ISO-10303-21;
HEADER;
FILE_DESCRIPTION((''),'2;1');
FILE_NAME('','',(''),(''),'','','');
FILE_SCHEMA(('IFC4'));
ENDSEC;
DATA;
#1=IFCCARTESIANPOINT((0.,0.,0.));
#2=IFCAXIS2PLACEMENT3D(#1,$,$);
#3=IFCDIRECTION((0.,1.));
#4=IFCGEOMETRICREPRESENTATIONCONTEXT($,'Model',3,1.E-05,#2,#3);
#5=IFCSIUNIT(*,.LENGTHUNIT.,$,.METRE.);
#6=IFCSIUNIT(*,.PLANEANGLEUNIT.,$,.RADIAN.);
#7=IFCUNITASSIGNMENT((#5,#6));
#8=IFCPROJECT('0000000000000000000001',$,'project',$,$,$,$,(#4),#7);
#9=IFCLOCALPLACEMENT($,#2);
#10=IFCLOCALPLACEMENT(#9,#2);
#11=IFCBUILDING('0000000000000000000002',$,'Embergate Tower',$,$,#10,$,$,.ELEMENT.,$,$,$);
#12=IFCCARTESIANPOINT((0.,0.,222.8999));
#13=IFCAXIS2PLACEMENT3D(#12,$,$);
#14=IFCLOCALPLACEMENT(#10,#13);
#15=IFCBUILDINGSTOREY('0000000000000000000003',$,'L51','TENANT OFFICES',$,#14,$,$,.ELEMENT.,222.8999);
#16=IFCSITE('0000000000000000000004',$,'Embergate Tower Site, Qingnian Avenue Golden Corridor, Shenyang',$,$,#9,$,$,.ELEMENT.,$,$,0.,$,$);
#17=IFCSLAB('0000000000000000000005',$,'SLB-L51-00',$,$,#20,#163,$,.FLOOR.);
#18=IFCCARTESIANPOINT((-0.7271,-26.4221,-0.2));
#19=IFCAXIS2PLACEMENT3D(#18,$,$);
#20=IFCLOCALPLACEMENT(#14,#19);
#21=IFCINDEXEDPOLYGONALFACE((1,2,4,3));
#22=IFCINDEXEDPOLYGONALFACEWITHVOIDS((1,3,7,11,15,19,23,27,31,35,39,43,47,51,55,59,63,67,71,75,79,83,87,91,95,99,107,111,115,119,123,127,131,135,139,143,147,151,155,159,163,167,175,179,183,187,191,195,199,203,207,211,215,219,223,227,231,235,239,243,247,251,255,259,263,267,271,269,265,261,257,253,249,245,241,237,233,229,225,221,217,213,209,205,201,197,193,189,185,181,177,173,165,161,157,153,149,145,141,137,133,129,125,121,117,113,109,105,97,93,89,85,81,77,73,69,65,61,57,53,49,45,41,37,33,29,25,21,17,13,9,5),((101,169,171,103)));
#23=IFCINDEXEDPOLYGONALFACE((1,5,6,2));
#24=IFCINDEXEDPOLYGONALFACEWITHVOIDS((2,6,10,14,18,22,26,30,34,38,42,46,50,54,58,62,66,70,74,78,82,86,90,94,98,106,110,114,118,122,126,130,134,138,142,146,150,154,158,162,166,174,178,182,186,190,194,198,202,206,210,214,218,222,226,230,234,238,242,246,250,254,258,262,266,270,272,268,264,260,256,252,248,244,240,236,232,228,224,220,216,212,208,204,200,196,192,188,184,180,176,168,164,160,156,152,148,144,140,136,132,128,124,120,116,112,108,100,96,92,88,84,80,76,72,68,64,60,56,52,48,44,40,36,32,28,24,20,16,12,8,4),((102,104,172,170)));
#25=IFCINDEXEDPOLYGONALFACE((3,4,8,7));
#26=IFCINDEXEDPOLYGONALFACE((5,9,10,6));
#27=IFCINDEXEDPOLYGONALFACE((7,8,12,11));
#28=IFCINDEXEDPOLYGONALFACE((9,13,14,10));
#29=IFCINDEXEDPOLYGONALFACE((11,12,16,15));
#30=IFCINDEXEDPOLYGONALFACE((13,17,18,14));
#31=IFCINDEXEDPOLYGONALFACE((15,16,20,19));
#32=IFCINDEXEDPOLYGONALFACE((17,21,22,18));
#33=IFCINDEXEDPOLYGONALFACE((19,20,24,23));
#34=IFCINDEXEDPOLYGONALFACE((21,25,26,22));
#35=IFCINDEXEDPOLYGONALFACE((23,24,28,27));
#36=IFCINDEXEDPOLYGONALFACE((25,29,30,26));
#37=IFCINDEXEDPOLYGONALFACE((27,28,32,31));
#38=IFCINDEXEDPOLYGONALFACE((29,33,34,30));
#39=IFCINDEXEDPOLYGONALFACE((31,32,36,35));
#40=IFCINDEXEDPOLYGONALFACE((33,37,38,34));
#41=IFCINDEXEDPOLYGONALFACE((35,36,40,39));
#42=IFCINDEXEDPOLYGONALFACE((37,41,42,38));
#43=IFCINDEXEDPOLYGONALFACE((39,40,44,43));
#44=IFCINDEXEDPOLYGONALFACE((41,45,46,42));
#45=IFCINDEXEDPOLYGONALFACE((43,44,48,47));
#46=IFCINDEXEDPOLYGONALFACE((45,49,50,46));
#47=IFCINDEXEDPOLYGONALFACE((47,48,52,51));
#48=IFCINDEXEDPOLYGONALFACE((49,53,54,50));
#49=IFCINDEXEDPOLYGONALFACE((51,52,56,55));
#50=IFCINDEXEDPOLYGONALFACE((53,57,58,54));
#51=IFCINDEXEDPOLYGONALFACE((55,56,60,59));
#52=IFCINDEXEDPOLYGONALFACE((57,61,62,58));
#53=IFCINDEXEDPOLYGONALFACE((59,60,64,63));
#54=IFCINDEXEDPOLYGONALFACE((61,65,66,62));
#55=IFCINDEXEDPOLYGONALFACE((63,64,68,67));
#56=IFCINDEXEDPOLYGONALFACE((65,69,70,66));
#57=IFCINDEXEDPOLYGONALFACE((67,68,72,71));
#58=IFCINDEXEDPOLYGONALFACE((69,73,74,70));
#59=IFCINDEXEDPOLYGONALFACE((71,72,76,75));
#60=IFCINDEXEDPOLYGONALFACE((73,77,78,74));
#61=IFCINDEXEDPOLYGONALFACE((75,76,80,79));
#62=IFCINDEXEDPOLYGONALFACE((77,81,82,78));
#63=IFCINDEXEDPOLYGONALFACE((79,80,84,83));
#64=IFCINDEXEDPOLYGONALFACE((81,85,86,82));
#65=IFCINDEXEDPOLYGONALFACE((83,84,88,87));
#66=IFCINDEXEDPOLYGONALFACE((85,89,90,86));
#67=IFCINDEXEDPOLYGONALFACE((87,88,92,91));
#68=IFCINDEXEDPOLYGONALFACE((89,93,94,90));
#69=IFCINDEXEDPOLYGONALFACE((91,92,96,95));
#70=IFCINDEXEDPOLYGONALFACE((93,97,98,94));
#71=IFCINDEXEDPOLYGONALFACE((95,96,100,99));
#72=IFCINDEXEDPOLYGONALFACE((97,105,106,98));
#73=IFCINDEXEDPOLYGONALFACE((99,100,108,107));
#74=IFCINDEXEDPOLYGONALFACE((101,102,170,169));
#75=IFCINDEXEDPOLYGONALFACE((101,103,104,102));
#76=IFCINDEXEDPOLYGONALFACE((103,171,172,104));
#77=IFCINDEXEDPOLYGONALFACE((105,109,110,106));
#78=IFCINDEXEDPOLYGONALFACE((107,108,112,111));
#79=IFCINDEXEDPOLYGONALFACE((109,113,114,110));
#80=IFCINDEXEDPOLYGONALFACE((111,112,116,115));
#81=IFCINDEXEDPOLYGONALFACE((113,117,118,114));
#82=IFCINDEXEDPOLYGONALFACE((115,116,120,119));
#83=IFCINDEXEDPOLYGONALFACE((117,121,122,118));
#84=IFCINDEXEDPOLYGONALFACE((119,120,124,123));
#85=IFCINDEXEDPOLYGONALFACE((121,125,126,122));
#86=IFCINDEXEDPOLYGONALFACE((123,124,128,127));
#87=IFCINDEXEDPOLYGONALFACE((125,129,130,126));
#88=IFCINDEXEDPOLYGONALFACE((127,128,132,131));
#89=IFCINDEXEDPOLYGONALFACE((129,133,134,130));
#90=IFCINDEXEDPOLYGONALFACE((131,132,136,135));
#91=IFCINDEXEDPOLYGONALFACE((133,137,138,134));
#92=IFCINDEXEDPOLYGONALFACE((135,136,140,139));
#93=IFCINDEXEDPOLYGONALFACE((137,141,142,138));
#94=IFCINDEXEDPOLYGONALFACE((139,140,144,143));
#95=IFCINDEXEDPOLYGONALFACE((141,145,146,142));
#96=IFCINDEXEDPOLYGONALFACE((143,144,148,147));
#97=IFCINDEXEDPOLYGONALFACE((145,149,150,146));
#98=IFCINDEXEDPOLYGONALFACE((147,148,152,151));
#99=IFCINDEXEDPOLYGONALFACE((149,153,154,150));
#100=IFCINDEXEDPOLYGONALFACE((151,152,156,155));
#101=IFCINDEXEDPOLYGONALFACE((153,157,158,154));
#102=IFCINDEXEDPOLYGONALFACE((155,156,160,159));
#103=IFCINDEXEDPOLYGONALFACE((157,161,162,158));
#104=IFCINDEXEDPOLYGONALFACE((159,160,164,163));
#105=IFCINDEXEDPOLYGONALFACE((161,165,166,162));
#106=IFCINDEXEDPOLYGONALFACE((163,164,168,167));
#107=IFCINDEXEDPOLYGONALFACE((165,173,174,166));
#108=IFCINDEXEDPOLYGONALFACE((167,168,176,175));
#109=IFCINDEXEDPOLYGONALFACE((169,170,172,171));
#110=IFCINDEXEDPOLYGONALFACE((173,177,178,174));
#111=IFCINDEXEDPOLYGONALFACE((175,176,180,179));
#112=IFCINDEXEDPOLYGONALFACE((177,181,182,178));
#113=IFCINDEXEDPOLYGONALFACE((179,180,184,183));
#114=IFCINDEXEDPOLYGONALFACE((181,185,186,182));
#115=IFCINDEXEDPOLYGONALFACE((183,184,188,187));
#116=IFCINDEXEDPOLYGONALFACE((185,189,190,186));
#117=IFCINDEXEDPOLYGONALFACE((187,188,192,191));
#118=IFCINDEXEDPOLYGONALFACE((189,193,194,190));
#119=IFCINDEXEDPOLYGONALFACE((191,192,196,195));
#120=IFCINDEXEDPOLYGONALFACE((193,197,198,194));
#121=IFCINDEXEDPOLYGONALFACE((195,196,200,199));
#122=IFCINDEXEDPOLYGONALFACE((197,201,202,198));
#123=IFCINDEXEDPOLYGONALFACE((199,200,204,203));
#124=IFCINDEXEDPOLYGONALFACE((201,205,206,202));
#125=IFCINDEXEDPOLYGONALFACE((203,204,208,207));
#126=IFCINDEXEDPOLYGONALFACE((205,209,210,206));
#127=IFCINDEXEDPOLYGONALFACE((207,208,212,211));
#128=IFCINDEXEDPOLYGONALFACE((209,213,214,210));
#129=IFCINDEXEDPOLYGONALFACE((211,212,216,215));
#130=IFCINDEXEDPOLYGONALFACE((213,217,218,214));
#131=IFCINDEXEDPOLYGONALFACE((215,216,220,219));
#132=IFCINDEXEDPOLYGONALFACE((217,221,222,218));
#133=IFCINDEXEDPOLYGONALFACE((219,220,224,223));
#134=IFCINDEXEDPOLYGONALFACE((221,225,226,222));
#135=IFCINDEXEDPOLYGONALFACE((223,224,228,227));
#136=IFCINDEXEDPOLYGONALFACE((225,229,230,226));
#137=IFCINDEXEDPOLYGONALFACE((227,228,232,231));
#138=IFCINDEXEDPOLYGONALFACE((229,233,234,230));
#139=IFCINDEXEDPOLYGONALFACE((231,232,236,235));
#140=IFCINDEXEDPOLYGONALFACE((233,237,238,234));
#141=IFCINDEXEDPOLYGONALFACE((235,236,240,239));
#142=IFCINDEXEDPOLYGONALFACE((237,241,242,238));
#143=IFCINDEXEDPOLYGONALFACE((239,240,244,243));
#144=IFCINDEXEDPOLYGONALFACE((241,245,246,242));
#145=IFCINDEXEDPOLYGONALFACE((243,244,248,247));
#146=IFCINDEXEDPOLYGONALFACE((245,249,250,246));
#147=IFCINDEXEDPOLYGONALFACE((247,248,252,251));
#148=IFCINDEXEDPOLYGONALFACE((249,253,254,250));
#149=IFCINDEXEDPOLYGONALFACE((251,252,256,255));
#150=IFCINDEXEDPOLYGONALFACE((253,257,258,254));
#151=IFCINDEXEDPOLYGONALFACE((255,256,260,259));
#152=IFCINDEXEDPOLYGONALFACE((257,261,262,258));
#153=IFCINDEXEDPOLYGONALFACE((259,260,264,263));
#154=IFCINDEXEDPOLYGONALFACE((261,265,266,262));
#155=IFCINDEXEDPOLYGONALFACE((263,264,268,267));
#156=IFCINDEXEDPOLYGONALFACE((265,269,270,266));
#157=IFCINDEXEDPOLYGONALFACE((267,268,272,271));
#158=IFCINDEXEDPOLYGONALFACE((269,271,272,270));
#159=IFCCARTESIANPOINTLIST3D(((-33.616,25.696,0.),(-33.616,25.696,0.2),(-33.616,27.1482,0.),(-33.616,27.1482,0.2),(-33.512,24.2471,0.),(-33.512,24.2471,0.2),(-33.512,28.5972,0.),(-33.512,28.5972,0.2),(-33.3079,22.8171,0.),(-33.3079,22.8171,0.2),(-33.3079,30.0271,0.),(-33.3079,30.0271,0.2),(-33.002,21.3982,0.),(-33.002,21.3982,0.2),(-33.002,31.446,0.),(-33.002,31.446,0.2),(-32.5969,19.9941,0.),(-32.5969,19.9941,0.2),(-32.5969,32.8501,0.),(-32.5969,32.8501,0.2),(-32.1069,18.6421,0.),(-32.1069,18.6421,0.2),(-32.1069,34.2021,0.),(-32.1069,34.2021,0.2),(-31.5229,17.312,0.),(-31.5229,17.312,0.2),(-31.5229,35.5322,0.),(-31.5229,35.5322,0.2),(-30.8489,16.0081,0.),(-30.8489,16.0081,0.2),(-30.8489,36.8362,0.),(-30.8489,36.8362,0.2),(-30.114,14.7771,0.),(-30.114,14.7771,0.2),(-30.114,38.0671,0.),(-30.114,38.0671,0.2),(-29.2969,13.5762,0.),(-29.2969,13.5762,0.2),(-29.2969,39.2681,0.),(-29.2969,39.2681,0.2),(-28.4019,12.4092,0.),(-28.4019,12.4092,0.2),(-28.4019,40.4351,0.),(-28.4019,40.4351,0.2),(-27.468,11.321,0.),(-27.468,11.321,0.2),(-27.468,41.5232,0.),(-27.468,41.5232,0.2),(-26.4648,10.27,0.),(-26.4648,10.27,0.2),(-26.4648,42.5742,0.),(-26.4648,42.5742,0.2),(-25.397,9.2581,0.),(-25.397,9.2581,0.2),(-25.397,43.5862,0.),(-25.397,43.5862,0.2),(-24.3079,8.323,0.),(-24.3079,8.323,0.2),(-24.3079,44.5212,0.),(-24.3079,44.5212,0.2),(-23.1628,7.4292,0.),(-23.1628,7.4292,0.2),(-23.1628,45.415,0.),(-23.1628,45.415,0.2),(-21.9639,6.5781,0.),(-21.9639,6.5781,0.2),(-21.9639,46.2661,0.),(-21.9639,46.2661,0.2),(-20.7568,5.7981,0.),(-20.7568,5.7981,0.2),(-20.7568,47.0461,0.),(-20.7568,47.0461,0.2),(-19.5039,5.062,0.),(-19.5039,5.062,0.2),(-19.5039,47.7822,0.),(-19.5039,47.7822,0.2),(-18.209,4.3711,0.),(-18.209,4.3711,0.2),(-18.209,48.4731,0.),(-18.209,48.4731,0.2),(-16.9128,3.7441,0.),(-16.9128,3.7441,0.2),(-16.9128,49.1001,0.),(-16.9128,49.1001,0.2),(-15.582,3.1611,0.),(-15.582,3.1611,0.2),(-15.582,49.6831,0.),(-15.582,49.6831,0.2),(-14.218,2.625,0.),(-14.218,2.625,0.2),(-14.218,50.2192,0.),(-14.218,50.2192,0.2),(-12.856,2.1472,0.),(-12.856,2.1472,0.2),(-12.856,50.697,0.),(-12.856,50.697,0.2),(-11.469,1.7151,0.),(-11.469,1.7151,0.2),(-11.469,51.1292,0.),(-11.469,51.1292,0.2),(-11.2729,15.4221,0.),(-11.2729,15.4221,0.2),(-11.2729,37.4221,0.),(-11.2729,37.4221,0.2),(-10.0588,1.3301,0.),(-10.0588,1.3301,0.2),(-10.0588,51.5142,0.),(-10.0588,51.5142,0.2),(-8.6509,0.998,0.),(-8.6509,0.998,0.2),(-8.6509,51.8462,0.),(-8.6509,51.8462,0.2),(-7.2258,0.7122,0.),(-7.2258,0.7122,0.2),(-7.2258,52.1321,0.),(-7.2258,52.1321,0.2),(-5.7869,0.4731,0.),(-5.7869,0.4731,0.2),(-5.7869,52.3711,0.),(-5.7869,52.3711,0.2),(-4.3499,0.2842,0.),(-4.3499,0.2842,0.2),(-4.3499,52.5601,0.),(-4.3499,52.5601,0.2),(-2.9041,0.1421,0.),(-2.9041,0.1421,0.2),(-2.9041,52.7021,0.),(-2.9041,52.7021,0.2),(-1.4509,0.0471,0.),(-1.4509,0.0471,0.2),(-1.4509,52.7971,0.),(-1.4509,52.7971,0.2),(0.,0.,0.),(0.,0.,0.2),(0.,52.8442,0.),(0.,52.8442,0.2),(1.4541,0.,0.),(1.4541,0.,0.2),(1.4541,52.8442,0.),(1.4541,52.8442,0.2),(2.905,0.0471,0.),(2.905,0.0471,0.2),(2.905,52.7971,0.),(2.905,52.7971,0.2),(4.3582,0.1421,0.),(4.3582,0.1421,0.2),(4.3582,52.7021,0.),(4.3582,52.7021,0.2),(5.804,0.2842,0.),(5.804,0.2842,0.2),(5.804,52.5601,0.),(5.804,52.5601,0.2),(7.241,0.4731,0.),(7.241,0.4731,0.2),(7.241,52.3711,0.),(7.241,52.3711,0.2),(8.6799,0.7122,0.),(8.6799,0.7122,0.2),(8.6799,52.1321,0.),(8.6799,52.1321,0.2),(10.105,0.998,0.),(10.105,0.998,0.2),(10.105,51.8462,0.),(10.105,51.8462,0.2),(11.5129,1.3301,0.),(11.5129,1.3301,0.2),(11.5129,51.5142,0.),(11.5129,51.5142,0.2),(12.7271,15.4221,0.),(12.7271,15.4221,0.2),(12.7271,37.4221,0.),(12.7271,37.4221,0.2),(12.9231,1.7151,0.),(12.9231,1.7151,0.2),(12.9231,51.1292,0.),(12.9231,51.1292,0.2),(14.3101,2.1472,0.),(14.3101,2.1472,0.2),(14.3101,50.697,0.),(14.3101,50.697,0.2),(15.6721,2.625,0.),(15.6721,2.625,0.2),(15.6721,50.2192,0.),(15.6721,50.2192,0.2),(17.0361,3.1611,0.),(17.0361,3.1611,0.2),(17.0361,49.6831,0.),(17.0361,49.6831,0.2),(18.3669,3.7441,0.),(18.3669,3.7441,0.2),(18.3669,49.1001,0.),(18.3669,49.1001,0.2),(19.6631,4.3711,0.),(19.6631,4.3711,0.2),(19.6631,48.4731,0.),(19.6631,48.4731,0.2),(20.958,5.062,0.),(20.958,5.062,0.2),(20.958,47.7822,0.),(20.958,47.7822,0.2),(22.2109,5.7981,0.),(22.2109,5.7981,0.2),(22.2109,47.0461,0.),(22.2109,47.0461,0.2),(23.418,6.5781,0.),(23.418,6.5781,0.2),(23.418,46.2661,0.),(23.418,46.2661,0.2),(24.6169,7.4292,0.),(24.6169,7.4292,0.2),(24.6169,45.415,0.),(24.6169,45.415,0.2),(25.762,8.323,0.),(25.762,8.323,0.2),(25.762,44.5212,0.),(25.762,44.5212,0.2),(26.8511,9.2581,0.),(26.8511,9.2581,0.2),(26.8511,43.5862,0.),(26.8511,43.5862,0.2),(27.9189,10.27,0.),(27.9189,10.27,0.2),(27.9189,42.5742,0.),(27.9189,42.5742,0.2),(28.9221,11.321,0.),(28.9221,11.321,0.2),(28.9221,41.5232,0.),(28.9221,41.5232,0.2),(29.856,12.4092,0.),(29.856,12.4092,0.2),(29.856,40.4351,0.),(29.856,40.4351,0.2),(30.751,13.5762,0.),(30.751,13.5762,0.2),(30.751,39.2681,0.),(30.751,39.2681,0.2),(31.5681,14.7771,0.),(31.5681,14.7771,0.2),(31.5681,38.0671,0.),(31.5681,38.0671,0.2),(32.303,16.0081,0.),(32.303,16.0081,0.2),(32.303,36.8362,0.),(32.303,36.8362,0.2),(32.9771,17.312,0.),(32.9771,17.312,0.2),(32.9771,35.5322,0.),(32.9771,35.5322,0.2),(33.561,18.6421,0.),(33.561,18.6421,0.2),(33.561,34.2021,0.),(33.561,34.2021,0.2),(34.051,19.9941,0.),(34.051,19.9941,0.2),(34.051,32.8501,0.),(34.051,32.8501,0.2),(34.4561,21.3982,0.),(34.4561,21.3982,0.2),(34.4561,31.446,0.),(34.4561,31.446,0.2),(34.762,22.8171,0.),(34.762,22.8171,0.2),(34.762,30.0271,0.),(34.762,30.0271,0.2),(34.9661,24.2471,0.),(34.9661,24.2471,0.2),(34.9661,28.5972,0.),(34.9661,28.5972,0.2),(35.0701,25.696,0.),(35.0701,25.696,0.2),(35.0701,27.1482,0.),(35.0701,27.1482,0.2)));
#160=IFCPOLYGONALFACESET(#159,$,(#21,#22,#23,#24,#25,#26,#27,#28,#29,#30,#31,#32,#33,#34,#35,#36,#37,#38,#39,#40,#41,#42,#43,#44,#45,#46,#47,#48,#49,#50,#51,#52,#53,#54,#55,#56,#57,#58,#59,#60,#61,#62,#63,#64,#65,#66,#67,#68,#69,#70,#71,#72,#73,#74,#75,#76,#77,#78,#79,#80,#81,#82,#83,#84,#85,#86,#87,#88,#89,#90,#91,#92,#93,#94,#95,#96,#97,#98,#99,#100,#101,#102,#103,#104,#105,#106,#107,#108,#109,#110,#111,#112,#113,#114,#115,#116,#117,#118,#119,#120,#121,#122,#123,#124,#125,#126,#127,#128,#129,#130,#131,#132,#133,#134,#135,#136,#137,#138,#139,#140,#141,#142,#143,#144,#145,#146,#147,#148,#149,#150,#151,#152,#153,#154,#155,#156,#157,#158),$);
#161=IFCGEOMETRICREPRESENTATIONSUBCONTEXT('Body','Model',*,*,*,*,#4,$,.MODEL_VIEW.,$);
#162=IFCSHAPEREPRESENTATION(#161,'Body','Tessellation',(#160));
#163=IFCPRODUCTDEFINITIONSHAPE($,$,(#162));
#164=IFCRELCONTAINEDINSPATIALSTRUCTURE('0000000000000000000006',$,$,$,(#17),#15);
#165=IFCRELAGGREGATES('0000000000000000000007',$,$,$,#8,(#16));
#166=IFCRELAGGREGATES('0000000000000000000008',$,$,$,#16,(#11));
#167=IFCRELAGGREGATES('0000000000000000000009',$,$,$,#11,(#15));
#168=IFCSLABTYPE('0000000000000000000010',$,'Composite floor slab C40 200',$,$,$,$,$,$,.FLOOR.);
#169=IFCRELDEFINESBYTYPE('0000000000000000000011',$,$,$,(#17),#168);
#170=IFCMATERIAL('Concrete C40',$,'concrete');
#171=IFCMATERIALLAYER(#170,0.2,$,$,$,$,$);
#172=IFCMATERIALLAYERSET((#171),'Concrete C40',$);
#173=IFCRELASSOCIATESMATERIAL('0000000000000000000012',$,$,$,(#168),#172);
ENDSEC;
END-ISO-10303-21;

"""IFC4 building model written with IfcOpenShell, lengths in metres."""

from ifc_helpers import new_model, si_unit, direction, frame, origin, place, context, subcontext, project, spatial, polyline, outline, extrude, source, transform, mapped, material, layer, layer_set, type_object, element, save


model = new_model("IFC4")

# Units and contexts
model_context = context("Model", 3, precision=1e-05, world=origin(), true_north=direction((0.0, 1.0)))
body_context = subcontext(model_context, "Body", "Model", "MODEL_VIEW")
ifc_project = project(units=[si_unit("LENGTHUNIT", "METRE"), si_unit("PLANEANGLEUNIT", "RADIAN")], contexts=[model_context])

# Site, building, storey
site_placement = place(None, origin())
site = spatial("IfcSite", under=ifc_project, at=site_placement, Name="Embergate Tower Site, Qingnian Avenue Golden Corridor, Shenyang", CompositionType="ELEMENT", RefElevation=0.0)
building_placement = place(site_placement, origin())
building = spatial("IfcBuilding", under=site, at=building_placement, Name="Embergate Tower", CompositionType="ELEMENT")
storey_placement = place(building_placement, frame((0.0, 0.0, 222.8999)))
storey = spatial("IfcBuildingStorey", under=building, at=storey_placement, Name="L51", Description="TENANT OFFICES", CompositionType="ELEMENT", Elevation=222.8999)

# Slab
ifc_material_1 = material(Name="Concrete C40", Category="concrete")
ifc_layer_1 = layer(ifc_material_1, 0.2)
ifc_layer_set_1 = layer_set([ifc_layer_1], Name="Concrete C40")
slab_type = type_object("IfcSlabType", Name="Composite floor slab C40 200", PredefinedType="FLOOR", material=ifc_layer_set_1)
shared_shape_1 = source(origin(), body_context, "Body", "SweptSolid", [
    extrude(outline(polyline([(0.0, 0.0), (1.4541, 0.0), (2.905, 0.0471), (4.3582, 0.1421), (5.804, 0.2842), (7.241, 0.4731), (8.6799, 0.7122), (10.105, 0.998), (11.5129, 1.3301), (12.9231, 1.7151), (14.3101, 2.1472), (15.6721, 2.625), (17.0361, 3.1611), (18.3669, 3.7441), (19.6631, 4.3711), (20.958, 5.062), (22.2109, 5.7981), (23.418, 6.5781), (24.6169, 7.4292), (25.762, 8.323), (26.8511, 9.2581), (27.9189, 10.27), (28.9221, 11.321), (29.856, 12.4092), (30.751, 13.5762), (31.5681, 14.7771), (32.303, 16.0081), (32.9771, 17.312), (33.561, 18.6421), (34.051, 19.9941), (34.4561, 21.3982), (34.762, 22.8171), (34.9661, 24.2471), (35.0701, 25.696), (35.0701, 27.1482), (34.9661, 28.5972), (34.762, 30.0271), (34.4561, 31.446), (34.051, 32.8501), (33.561, 34.2021), (32.9771, 35.5322), (32.303, 36.8362), (31.5681, 38.0671), (30.751, 39.2681), (29.856, 40.4351), (28.9221, 41.5232), (27.9189, 42.5742), (26.8511, 43.5862), (25.762, 44.5212), (24.6169, 45.415), (23.418, 46.2661), (22.2109, 47.0461), (20.958, 47.7822), (19.6631, 48.4731), (18.3669, 49.1001), (17.0361, 49.6831), (15.6721, 50.2192), (14.3101, 50.697), (12.9231, 51.1292), (11.5129, 51.5142), (10.105, 51.8462), (8.6799, 52.1321), (7.241, 52.3711), (5.804, 52.5601), (4.3582, 52.7021), (2.905, 52.7971), (1.4541, 52.8442), (0.0, 52.8442), (-1.4509, 52.7971), (-2.9041, 52.7021), (-4.3499, 52.5601), (-5.7869, 52.3711), (-7.2258, 52.1321), (-8.6509, 51.8462), (-10.0588, 51.5142), (-11.469, 51.1292), (-12.856, 50.697), (-14.218, 50.2192), (-15.582, 49.6831), (-16.9128, 49.1001), (-18.209, 48.4731), (-19.5039, 47.7822), (-20.7568, 47.0461), (-21.9639, 46.2661), (-23.1628, 45.415), (-24.3079, 44.5212), (-25.397, 43.5862), (-26.4648, 42.5742), (-27.468, 41.5232), (-28.4019, 40.4351), (-29.2969, 39.2681), (-30.114, 38.0671), (-30.8489, 36.8362), (-31.5229, 35.5322), (-32.1069, 34.2021), (-32.5969, 32.8501), (-33.002, 31.446), (-33.3079, 30.0271), (-33.512, 28.5972), (-33.616, 27.1482), (-33.616, 25.696), (-33.512, 24.2471), (-33.3079, 22.8171), (-33.002, 21.3982), (-32.5969, 19.9941), (-32.1069, 18.6421), (-31.5229, 17.312), (-30.8489, 16.0081), (-30.114, 14.7771), (-29.2969, 13.5762), (-28.4019, 12.4092), (-27.468, 11.321), (-26.4648, 10.27), (-25.397, 9.2581), (-24.3079, 8.323), (-23.1628, 7.4292), (-21.9639, 6.5781), (-20.7568, 5.7981), (-19.5039, 5.062), (-18.209, 4.3711), (-16.9128, 3.7441), (-15.582, 3.1611), (-14.218, 2.625), (-12.856, 2.1472), (-11.469, 1.7151), (-10.0588, 1.3301), (-8.6509, 0.998), (-7.2258, 0.7122), (-5.7869, 0.4731), (-4.3499, 0.2842), (-2.9041, 0.1421), (-1.4509, 0.0471), (0.0, 0.0)]), holes=[polyline([(-11.2729, 15.4221), (-11.2729, 37.4221), (12.7271, 37.4221), (12.7271, 15.4221), (-11.2729, 15.4221)])]), origin(), (0.0, 0.0, 1.0), 0.2),
])
slab_placement = place(storey_placement, frame((-0.7271, -26.4221, -0.2)))
element("IfcSlab", 1, at=slab_placement, inside=storey, type_object=slab_type, Name="SLB-L51-00", PredefinedType="FLOOR", context=body_context, shape_type="MappedRepresentation", body=[
    mapped(shared_shape_1, transform((0.0, 0.0, 0.0))),
])

save(model, "model.ifc")
